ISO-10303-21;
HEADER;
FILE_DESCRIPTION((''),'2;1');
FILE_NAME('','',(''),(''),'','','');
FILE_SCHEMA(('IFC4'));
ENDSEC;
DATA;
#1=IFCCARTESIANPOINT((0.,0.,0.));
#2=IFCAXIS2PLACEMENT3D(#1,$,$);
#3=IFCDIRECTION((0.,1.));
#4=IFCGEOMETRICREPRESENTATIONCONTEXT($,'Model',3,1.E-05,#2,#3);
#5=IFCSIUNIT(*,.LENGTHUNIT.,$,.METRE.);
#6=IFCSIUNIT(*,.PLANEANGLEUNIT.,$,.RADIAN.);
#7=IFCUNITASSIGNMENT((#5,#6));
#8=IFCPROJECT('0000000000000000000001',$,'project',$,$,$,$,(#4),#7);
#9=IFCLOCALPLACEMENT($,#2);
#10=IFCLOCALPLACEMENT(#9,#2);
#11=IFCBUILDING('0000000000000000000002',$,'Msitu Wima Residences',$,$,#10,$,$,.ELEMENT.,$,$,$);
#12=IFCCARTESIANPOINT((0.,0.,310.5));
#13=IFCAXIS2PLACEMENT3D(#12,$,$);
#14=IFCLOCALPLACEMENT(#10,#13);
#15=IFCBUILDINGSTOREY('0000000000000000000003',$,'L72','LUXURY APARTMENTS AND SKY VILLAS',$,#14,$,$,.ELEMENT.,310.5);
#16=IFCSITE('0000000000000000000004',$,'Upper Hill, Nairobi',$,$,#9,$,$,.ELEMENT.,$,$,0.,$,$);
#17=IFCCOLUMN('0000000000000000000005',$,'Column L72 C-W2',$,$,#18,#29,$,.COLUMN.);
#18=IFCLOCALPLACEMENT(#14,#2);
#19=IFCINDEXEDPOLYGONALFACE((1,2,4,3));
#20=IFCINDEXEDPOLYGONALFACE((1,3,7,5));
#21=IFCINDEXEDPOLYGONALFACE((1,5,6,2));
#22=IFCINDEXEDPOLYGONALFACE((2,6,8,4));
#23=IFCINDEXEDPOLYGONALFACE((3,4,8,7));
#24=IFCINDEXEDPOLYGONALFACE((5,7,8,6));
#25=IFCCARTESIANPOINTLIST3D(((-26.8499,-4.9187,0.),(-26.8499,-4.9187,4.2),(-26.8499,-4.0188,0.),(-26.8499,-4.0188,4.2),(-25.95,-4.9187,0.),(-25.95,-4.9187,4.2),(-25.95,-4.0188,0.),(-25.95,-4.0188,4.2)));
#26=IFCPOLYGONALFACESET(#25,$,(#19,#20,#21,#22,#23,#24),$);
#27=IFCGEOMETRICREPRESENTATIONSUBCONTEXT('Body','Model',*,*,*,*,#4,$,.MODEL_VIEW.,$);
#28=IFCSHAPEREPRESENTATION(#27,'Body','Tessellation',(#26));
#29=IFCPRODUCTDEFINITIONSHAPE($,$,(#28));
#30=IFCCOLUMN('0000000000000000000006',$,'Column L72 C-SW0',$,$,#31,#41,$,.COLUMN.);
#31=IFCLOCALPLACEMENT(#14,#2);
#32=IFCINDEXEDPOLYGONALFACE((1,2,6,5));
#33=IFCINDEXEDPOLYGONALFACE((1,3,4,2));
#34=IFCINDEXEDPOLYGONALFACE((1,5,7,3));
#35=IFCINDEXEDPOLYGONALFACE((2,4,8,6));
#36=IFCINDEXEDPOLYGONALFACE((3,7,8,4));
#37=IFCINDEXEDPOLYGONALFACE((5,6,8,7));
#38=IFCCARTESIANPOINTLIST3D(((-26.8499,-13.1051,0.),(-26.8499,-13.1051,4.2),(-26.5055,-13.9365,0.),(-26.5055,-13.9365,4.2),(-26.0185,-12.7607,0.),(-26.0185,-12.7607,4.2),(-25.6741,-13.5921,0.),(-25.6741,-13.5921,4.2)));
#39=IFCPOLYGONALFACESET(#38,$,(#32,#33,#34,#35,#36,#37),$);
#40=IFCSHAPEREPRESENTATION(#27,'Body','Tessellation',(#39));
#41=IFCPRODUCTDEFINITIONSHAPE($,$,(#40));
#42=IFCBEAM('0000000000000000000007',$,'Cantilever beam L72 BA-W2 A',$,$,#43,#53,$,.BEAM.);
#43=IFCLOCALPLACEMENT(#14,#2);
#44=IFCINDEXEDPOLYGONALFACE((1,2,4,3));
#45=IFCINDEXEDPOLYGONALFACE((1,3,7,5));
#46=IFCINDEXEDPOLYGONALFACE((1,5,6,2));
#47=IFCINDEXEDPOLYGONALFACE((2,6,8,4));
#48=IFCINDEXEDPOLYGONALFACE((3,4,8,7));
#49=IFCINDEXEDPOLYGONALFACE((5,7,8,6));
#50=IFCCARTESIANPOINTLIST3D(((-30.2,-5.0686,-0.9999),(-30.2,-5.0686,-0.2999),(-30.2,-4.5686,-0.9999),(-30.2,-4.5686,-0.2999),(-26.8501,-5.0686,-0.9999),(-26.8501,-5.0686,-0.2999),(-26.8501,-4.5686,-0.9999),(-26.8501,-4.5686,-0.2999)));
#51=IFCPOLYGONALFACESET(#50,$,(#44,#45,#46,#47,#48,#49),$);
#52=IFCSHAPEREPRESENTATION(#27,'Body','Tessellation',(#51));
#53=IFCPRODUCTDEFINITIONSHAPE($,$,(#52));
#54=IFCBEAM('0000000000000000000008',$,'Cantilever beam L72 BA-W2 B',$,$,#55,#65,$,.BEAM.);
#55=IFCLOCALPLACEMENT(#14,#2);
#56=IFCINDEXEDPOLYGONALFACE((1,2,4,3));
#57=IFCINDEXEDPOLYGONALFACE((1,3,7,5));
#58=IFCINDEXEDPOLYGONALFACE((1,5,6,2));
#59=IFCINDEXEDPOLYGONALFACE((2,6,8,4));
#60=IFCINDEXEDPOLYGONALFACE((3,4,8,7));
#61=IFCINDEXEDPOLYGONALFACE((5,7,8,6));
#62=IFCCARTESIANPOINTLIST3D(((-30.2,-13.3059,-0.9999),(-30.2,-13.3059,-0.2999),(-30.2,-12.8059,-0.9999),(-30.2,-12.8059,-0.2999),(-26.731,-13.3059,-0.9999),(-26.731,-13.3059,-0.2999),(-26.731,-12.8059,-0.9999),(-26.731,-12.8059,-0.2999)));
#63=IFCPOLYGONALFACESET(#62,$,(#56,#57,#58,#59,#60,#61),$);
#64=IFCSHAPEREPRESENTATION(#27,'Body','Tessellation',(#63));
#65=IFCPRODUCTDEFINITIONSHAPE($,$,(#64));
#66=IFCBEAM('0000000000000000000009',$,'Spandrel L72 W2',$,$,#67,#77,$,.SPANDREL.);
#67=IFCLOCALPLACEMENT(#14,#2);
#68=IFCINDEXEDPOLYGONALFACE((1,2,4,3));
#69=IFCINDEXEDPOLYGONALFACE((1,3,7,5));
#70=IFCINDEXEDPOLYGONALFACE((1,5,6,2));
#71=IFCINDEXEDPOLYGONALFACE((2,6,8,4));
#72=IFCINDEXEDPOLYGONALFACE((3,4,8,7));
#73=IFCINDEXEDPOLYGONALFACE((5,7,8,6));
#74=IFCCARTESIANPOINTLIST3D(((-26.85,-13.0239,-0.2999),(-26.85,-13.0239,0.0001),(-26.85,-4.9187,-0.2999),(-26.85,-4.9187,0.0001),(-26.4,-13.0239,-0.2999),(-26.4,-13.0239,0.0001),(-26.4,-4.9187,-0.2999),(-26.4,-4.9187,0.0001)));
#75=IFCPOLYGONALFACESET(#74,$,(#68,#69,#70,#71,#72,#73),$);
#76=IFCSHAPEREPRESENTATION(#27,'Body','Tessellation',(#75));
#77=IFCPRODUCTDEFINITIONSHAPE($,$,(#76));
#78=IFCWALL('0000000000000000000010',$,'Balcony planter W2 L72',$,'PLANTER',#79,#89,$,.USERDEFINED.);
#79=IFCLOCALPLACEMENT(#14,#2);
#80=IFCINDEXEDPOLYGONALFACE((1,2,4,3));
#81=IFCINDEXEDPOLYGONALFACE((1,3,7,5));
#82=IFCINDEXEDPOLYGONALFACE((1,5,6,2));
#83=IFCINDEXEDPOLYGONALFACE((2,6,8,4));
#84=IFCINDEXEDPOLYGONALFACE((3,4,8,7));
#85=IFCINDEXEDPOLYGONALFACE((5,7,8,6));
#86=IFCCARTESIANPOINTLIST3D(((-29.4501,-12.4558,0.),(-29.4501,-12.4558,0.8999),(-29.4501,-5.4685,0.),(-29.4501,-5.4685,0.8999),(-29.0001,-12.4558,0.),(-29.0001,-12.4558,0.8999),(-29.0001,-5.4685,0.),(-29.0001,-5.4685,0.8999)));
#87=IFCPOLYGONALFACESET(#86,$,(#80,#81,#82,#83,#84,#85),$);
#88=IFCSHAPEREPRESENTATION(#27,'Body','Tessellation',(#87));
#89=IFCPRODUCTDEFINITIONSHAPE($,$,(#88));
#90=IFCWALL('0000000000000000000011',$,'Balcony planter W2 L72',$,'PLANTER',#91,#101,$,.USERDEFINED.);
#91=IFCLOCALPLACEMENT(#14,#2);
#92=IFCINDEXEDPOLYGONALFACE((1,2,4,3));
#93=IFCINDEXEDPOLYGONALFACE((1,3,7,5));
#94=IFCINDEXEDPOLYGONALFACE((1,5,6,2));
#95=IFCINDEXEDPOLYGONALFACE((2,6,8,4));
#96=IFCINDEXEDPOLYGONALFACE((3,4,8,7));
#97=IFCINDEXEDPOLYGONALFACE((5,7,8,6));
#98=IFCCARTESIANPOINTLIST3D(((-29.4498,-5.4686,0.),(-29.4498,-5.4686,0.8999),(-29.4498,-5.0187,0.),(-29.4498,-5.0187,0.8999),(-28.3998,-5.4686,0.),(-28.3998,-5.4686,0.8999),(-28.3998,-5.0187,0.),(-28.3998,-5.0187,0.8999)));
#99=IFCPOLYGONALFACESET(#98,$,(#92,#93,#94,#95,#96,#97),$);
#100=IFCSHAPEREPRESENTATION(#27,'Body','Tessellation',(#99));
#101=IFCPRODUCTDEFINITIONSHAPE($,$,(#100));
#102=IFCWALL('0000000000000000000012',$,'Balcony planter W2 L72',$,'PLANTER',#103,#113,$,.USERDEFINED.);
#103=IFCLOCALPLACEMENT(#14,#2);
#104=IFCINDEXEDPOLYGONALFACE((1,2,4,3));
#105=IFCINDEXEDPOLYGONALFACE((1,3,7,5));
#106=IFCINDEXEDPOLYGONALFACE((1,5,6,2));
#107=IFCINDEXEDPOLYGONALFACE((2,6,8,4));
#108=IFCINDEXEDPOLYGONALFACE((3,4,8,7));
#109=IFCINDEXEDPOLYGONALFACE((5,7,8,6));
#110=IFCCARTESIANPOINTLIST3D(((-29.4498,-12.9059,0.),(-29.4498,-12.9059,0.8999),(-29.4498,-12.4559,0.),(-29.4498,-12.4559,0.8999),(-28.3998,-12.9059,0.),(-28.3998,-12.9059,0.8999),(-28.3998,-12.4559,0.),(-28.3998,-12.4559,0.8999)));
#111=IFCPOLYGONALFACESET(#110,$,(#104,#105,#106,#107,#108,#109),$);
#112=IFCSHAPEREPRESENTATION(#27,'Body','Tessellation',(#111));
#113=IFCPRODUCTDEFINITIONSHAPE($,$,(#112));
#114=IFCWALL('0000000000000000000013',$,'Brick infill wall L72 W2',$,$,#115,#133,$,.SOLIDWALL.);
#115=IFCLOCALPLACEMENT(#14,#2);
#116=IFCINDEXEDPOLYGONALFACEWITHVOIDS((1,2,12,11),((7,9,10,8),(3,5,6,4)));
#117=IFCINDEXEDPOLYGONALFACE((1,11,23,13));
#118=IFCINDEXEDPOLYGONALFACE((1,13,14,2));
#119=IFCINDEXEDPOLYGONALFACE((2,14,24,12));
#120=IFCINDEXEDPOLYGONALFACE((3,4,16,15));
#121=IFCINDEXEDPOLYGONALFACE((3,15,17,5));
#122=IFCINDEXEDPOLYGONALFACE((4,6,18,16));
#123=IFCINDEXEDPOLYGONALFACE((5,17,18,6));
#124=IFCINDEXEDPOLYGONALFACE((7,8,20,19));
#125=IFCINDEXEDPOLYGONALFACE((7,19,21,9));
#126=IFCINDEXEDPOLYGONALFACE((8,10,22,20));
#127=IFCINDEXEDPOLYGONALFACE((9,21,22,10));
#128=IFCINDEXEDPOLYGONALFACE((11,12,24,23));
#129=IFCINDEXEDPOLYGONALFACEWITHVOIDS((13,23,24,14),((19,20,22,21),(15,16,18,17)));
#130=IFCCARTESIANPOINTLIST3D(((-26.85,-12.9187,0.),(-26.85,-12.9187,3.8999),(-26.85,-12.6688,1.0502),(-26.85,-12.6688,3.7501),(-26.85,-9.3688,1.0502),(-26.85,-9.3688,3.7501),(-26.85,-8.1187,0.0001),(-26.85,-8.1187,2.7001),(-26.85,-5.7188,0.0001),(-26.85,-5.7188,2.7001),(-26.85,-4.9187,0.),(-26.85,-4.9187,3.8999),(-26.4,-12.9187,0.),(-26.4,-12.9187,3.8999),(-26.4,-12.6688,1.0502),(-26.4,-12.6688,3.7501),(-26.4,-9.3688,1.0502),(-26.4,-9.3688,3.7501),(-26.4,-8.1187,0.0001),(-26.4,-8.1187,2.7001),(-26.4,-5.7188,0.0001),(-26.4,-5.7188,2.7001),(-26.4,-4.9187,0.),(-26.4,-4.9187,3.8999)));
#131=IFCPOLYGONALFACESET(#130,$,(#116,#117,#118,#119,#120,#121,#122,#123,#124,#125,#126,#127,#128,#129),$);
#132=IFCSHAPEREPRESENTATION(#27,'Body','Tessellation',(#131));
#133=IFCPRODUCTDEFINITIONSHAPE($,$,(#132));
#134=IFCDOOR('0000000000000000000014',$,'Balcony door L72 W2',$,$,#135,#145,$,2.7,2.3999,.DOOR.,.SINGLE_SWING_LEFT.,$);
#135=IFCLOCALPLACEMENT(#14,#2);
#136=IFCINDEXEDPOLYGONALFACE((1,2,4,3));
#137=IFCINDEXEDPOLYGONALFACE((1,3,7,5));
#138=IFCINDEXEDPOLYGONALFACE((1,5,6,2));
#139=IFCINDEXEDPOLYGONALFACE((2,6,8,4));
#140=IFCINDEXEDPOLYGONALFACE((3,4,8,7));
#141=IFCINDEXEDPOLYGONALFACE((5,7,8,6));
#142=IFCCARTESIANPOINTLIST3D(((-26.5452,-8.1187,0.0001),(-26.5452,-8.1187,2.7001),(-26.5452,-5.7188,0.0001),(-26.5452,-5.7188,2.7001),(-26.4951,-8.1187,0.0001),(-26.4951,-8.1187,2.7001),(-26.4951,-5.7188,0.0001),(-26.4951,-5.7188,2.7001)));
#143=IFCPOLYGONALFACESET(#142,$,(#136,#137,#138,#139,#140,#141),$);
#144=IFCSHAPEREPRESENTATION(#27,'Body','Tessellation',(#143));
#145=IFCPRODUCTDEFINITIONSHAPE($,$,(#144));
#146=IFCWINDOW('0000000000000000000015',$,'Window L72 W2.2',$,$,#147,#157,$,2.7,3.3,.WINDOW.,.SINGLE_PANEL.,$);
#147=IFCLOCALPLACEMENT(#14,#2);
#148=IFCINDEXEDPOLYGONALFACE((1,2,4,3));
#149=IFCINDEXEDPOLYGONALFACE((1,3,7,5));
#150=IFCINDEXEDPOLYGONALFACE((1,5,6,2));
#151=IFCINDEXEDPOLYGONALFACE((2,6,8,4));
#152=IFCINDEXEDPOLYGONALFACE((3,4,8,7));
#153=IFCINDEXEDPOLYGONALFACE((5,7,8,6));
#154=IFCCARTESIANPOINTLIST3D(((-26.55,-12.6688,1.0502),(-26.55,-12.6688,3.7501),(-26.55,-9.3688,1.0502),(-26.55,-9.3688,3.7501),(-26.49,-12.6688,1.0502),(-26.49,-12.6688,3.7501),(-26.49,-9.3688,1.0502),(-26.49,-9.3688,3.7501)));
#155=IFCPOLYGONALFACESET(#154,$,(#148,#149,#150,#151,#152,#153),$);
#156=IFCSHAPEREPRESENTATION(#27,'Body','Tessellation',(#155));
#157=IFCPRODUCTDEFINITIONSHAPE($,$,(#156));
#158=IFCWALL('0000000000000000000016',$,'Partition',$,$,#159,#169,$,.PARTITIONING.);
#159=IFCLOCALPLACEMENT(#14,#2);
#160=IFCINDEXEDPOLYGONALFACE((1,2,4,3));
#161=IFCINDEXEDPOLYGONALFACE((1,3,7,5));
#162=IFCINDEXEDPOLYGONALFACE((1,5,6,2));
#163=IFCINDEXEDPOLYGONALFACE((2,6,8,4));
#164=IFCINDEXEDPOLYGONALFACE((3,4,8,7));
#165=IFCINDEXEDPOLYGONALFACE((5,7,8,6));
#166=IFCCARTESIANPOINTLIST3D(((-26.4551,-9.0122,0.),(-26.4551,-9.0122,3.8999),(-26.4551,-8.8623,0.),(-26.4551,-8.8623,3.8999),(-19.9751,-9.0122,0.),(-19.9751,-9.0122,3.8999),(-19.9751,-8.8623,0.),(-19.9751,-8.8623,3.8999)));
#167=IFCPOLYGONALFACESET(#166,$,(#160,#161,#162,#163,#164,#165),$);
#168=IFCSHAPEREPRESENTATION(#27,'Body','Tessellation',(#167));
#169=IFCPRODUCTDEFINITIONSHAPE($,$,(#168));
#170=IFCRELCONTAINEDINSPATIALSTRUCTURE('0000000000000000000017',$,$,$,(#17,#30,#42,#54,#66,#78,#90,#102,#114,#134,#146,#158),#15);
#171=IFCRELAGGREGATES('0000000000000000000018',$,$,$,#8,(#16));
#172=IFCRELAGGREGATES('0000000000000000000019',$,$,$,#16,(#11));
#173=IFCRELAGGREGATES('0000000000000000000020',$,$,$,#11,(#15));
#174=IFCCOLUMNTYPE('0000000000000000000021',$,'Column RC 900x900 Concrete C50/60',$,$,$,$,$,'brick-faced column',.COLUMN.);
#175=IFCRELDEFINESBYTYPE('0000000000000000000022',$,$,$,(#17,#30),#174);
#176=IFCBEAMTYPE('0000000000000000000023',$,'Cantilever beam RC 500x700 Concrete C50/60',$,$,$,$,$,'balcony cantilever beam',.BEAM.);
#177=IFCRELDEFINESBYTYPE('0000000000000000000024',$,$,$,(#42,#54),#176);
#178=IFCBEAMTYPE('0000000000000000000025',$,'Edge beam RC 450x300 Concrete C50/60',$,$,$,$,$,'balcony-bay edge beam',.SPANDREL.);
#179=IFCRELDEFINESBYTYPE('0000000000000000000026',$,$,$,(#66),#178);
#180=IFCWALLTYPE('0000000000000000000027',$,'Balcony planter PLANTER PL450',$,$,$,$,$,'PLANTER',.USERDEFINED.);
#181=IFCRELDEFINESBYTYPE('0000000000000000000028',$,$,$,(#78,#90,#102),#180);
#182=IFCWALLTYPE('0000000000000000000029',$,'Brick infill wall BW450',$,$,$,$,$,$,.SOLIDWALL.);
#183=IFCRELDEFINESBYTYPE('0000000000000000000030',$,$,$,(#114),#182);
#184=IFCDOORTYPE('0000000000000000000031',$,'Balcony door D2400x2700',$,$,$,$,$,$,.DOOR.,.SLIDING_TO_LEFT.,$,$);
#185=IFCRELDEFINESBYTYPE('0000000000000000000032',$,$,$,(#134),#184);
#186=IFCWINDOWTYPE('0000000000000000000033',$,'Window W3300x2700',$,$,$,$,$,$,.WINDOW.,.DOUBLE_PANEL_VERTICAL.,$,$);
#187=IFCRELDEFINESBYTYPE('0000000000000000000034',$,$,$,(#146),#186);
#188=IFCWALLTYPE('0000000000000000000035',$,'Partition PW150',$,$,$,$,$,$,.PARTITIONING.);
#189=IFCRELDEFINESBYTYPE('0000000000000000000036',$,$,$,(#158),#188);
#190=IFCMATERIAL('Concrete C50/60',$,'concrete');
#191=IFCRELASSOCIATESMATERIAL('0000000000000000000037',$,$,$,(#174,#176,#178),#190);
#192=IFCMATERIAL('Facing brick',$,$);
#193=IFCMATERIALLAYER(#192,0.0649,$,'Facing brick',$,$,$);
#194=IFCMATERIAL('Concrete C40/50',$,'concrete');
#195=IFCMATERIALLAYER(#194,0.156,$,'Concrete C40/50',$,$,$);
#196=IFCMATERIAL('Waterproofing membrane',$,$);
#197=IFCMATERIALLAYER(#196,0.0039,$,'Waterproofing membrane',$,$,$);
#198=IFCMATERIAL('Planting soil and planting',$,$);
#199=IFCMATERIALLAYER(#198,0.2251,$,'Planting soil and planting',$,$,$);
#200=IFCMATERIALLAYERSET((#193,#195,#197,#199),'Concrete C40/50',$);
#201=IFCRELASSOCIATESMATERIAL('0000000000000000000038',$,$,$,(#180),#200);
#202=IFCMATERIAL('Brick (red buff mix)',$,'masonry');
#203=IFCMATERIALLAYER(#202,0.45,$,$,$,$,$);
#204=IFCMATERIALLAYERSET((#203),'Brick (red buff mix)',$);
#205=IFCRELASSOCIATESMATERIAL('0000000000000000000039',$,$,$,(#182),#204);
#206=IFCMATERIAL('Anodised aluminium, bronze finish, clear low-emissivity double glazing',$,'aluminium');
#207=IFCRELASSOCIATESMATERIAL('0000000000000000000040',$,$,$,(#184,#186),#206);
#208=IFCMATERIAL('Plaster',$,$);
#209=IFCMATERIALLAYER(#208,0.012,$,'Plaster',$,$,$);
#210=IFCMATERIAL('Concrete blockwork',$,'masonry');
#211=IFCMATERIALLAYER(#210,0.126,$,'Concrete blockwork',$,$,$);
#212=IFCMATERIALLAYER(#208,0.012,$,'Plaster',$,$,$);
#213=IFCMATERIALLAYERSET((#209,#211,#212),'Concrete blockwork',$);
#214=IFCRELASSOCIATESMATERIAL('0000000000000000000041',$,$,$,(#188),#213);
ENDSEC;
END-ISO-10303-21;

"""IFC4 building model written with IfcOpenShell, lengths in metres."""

from ifc_helpers import new_model, si_unit, direction, frame, frame_2d, origin, origin_2d, place, context, subcontext, project, spatial, rectangle, extrude, material, layer, layer_set, material_profile, profile_set, type_object, element, fill, save


model = new_model("IFC4")

# Units and contexts
model_context = context("Model", 3, precision=1e-05, world=origin(), true_north=direction((0.0, 1.0)))
body_context = subcontext(model_context, "Body", "Model", "MODEL_VIEW")
ifc_project = project(units=[si_unit("LENGTHUNIT", "METRE"), si_unit("PLANEANGLEUNIT", "RADIAN")], contexts=[model_context])

# Site, building, storey
site_placement = place(None, origin())
site = spatial("IfcSite", under=ifc_project, at=site_placement, Name="Upper Hill, Nairobi", CompositionType="ELEMENT", RefElevation=0.0)
building_placement = place(site_placement, origin())
building = spatial("IfcBuilding", under=site, at=building_placement, Name="Msitu Wima Residences", CompositionType="ELEMENT")
storey_placement = place(building_placement, frame((0.0, 0.0, 310.5)))
storey = spatial("IfcBuildingStorey", under=building, at=storey_placement, Name="L72", Description="LUXURY APARTMENTS AND SKY VILLAS", CompositionType="ELEMENT", Elevation=310.5)

# Columns
ifc_material_1 = material(Name="Concrete C50/60", Category="concrete")
ifc_material_profile_1 = material_profile(ifc_material_1, rectangle(XDim=0.8999, YDim=0.8999, at=origin_2d()), Name="RC 900x900")
ifc_profile_set_1 = profile_set([ifc_material_profile_1], Name="Concrete C50/60")
column_type = type_object("IfcColumnType", Name="Column RC 900x900 Concrete C50/60", ElementType="brick-faced column", PredefinedType="COLUMN", material=ifc_profile_set_1)
for number, where, z_axis, x_axis, name in (
    (1, (-26.3999, -4.4688, 0.0), (0.0, 0.0, 1.0), (0.0, -1.0, 0.0), "Column L72 C-W2"),
    (2, (-26.262, -13.3486, 0.0), (0.0, 0.0, 1.0), (0.382683, -0.92388, 0.0), "Column L72 C-SW0"),
):
    element("IfcColumn", number, at=place(storey_placement, frame(where, z_axis=z_axis, x_axis=x_axis)), inside=storey, type_object=column_type, Name=name, PredefinedType="COLUMN", context=body_context, shape_type="SweptSolid", body=[
        extrude(rectangle(XDim=0.8999, YDim=0.8999, at=origin_2d()), origin(), (0.0, 0.0, 1.0), 4.2),
    ])

# Beams
ifc_material_profile_2 = material_profile(ifc_material_1, rectangle(XDim=0.5, YDim=0.7, at=origin_2d()), Name="RC 500x700")
ifc_profile_set_2 = profile_set([ifc_material_profile_2], Name="Concrete C50/60")
beam_type_1 = type_object("IfcBeamType", Name="Cantilever beam RC 500x700 Concrete C50/60", ElementType="balcony cantilever beam", PredefinedType="BEAM", material=ifc_profile_set_2)
beam_1_placement = place(storey_placement, frame((-26.8501, -4.8186, -0.6499), z_axis=(-1.0, 0.0, 0.0), x_axis=(0.0, -1.0, 0.0)))
element("IfcBeam", 3, at=beam_1_placement, inside=storey, type_object=beam_type_1, Name="Cantilever beam L72 BA-W2 A", PredefinedType="BEAM", context=body_context, shape_type="SweptSolid", body=[
    extrude(rectangle(XDim=0.5, YDim=0.7, at=origin_2d()), origin(), (0.0, 0.0, 1.0), 3.3499),
])
beam_2_placement = place(storey_placement, frame((-26.731, -13.0559, -0.6499), z_axis=(-1.0, 0.0, 0.0), x_axis=(0.0, -1.0, 0.0)))
element("IfcBeam", 4, at=beam_2_placement, inside=storey, type_object=beam_type_1, Name="Cantilever beam L72 BA-W2 B", PredefinedType="BEAM", context=body_context, shape_type="SweptSolid", body=[
    extrude(rectangle(XDim=0.5, YDim=0.7, at=origin_2d()), origin(), (0.0, 0.0, 1.0), 3.469),
])
ifc_material_profile_3 = material_profile(ifc_material_1, rectangle(XDim=0.45, YDim=0.3, at=origin_2d()), Name="RC 450x300")
ifc_profile_set_3 = profile_set([ifc_material_profile_3], Name="Concrete C50/60")
beam_type_2 = type_object("IfcBeamType", Name="Edge beam RC 450x300 Concrete C50/60", ElementType="balcony-bay edge beam", PredefinedType="SPANDREL", material=ifc_profile_set_3)
beam_3_placement = place(storey_placement, frame((-26.625, -4.9187, -0.1499), z_axis=(0.0, -1.0, 0.0), x_axis=(1.0, 0.0, 0.0)))
element("IfcBeam", 5, at=beam_3_placement, inside=storey, type_object=beam_type_2, Name="Spandrel L72 W2", PredefinedType="SPANDREL", context=body_context, shape_type="SweptSolid", body=[
    extrude(rectangle(XDim=0.45, YDim=0.3, at=origin_2d()), origin(), (0.0, 0.0, 1.0), 8.1052),
])

# Walls
ifc_material_2 = material(Name="Facing brick")
ifc_layer_1 = layer(ifc_material_2, 0.0649, Name="Facing brick")
ifc_material_3 = material(Name="Concrete C40/50", Category="concrete")
ifc_layer_2 = layer(ifc_material_3, 0.156, Name="Concrete C40/50")
ifc_material_4 = material(Name="Waterproofing membrane")
ifc_layer_3 = layer(ifc_material_4, 0.0039, Name="Waterproofing membrane")
ifc_material_5 = material(Name="Planting soil and planting")
ifc_layer_4 = layer(ifc_material_5, 0.2251, Name="Planting soil and planting")
ifc_layer_set_1 = layer_set([ifc_layer_1, ifc_layer_2, ifc_layer_3, ifc_layer_4], Name="Concrete C40/50")
wall_type_1 = type_object("IfcWallType", Name="Balcony planter PLANTER PL450", ElementType="PLANTER", PredefinedType="USERDEFINED", material=ifc_layer_set_1)
wall_1_placement = place(storey_placement, frame((-29.2251, -5.4685, 0.0), z_axis=(0.0, 0.0, 1.0), x_axis=(0.0, -1.0, 0.0)))
element("IfcWall", 6, at=wall_1_placement, inside=storey, type_object=wall_type_1, Name="Balcony planter W2 L72", ObjectType="PLANTER", PredefinedType="USERDEFINED", context=body_context, shape_type="SweptSolid", body=[
    extrude(rectangle(XDim=6.9873, YDim=0.45, at=frame_2d((3.4937, 0.0))), origin(), (0.0, 0.0, 1.0), 0.8999),
])
for number, where, z_axis, x_axis, name in (
    (7, (-28.3999, -5.2437, 0.0), (0.0, 0.0, 1.0), (-1.0, 0.0, 0.0), "Balcony planter W2 L72"),
    (8, (-28.3999, -12.6809, 0.0), (0.0, 0.0, 1.0), (-1.0, 0.0, 0.0), "Balcony planter W2 L72"),
):
    element("IfcWall", number, at=place(storey_placement, frame(where, z_axis=z_axis, x_axis=x_axis)), inside=storey, type_object=wall_type_1, Name=name, ObjectType="PLANTER", PredefinedType="USERDEFINED", context=body_context, shape_type="SweptSolid", body=[
        extrude(rectangle(XDim=1.05, YDim=0.45, at=frame_2d((0.5249, 0.0))), origin(), (0.0, 0.0, 1.0), 0.8999),
    ])

# Wall, openings, door, window
ifc_material_6 = material(Name="Brick (red buff mix)", Category="masonry")
ifc_layer_5 = layer(ifc_material_6, 0.45)
ifc_layer_set_2 = layer_set([ifc_layer_5], Name="Brick (red buff mix)")
wall_type_2 = type_object("IfcWallType", Name="Brick infill wall BW450", PredefinedType="SOLIDWALL", material=ifc_layer_set_2)
wall_2_placement = place(storey_placement, frame((-26.625, -4.9187, 0.0), z_axis=(0.0, 0.0, 1.0), x_axis=(0.0, -1.0, 0.0)))
wall_2 = element("IfcWall", 9, at=wall_2_placement, inside=storey, type_object=wall_type_2, Name="Brick infill wall L72 W2", PredefinedType="SOLIDWALL", context=body_context, shape_type="SweptSolid", body=[
    extrude(rectangle(XDim=8.0, YDim=0.45, at=frame_2d((4.0, 0.0))), origin(), (0.0, 0.0, 1.0), 3.8999),
])
opening_1_placement = place(wall_2_placement, frame((0.8, 0.0, 0.0)))
opening_1 = element("IfcOpeningElement", 10, at=opening_1_placement, cuts=wall_2, PredefinedType="OPENING", context=body_context, shape_type="SweptSolid", body=[
    extrude(rectangle(XDim=2.3999, YDim=2.7, at=frame_2d((1.2, 1.3501))), frame((0.0, 0.2349, 0.0), z_axis=(0.0, -1.0, 0.0), x_axis=(1.0, 0.0, 0.0)), (0.0, 0.0, 1.0), 0.47),
])
opening_2_placement = place(wall_2_placement, frame((4.4502, 0.0, 1.05)))
opening_2 = element("IfcOpeningElement", 11, at=opening_2_placement, cuts=wall_2, PredefinedType="OPENING", context=body_context, shape_type="SweptSolid", body=[
    extrude(rectangle(XDim=3.3, YDim=2.7, at=frame_2d((1.6499, 1.3501))), frame((0.0, 0.2349, 0.0), z_axis=(0.0, -1.0, 0.0), x_axis=(1.0, 0.0, 0.0)), (0.0, 0.0, 1.0), 0.47),
])
ifc_material_7 = material(Name="Anodised aluminium, bronze finish, clear low-emissivity double glazing", Category="aluminium")
door_type = type_object("IfcDoorType", Name="Balcony door D2400x2700", OperationType="SLIDING_TO_LEFT", PredefinedType="DOOR", material=ifc_material_7)
door_placement = place(opening_1_placement, origin())
door = element("IfcDoor", 12, at=door_placement, inside=storey, type_object=door_type, Name="Balcony door L72 W2", OperationType="SINGLE_SWING_LEFT", OverallHeight=2.7, OverallWidth=2.3999, PredefinedType="DOOR", context=body_context, shape_type="SweptSolid", body=[
    extrude(rectangle(XDim=2.3999, YDim=2.7, at=frame_2d((1.2, 1.3501))), frame((0.0, 0.1299, 0.0), z_axis=(0.0, -1.0, 0.0), x_axis=(1.0, 0.0, 0.0)), (0.0, 0.0, 1.0), 0.05),
])
fill(opening_1, door)
window_type = type_object("IfcWindowType", Name="Window W3300x2700", PartitioningType="DOUBLE_PANEL_VERTICAL", PredefinedType="WINDOW", material=ifc_material_7)
window_placement = place(opening_2_placement, origin())
window = element("IfcWindow", 13, at=window_placement, inside=storey, type_object=window_type, Name="Window L72 W2.2", OverallHeight=2.7, OverallWidth=3.3, PartitioningType="SINGLE_PANEL", PredefinedType="WINDOW", context=body_context, shape_type="SweptSolid", body=[
    extrude(rectangle(XDim=3.3, YDim=2.7, at=frame_2d((1.6499, 1.3501))), frame((0.0, 0.135, 0.0), z_axis=(0.0, -1.0, 0.0), x_axis=(1.0, 0.0, 0.0)), (0.0, 0.0, 1.0), 0.0601),
])
fill(opening_2, window)

# Wall
ifc_material_8 = material(Name="Plaster")
ifc_layer_6 = layer(ifc_material_8, 0.012, Name="Plaster")
ifc_material_9 = material(Name="Concrete blockwork", Category="masonry")
ifc_layer_7 = layer(ifc_material_9, 0.126, Name="Concrete blockwork")
ifc_layer_8 = layer(ifc_material_8, 0.012, Name="Plaster")
ifc_layer_set_3 = layer_set([ifc_layer_6, ifc_layer_7, ifc_layer_8], Name="Concrete blockwork")
wall_type_3 = type_object("IfcWallType", Name="Partition PW150", PredefinedType="PARTITIONING", material=ifc_layer_set_3)
wall_3_placement = place(storey_placement, frame((-26.4551, -8.9373, 0.0), z_axis=(0.0, 0.0, 1.0), x_axis=(1.0, 0.0, 0.0)))
element("IfcWall", 14, at=wall_3_placement, inside=storey, type_object=wall_type_3, Name="Partition", PredefinedType="PARTITIONING", context=body_context, shape_type="SweptSolid", body=[
    extrude(rectangle(XDim=6.48, YDim=0.1499, at=frame_2d((3.24, 0.0))), origin(), (0.0, 0.0, 1.0), 3.8999),
])

save(model, "model.ifc")
